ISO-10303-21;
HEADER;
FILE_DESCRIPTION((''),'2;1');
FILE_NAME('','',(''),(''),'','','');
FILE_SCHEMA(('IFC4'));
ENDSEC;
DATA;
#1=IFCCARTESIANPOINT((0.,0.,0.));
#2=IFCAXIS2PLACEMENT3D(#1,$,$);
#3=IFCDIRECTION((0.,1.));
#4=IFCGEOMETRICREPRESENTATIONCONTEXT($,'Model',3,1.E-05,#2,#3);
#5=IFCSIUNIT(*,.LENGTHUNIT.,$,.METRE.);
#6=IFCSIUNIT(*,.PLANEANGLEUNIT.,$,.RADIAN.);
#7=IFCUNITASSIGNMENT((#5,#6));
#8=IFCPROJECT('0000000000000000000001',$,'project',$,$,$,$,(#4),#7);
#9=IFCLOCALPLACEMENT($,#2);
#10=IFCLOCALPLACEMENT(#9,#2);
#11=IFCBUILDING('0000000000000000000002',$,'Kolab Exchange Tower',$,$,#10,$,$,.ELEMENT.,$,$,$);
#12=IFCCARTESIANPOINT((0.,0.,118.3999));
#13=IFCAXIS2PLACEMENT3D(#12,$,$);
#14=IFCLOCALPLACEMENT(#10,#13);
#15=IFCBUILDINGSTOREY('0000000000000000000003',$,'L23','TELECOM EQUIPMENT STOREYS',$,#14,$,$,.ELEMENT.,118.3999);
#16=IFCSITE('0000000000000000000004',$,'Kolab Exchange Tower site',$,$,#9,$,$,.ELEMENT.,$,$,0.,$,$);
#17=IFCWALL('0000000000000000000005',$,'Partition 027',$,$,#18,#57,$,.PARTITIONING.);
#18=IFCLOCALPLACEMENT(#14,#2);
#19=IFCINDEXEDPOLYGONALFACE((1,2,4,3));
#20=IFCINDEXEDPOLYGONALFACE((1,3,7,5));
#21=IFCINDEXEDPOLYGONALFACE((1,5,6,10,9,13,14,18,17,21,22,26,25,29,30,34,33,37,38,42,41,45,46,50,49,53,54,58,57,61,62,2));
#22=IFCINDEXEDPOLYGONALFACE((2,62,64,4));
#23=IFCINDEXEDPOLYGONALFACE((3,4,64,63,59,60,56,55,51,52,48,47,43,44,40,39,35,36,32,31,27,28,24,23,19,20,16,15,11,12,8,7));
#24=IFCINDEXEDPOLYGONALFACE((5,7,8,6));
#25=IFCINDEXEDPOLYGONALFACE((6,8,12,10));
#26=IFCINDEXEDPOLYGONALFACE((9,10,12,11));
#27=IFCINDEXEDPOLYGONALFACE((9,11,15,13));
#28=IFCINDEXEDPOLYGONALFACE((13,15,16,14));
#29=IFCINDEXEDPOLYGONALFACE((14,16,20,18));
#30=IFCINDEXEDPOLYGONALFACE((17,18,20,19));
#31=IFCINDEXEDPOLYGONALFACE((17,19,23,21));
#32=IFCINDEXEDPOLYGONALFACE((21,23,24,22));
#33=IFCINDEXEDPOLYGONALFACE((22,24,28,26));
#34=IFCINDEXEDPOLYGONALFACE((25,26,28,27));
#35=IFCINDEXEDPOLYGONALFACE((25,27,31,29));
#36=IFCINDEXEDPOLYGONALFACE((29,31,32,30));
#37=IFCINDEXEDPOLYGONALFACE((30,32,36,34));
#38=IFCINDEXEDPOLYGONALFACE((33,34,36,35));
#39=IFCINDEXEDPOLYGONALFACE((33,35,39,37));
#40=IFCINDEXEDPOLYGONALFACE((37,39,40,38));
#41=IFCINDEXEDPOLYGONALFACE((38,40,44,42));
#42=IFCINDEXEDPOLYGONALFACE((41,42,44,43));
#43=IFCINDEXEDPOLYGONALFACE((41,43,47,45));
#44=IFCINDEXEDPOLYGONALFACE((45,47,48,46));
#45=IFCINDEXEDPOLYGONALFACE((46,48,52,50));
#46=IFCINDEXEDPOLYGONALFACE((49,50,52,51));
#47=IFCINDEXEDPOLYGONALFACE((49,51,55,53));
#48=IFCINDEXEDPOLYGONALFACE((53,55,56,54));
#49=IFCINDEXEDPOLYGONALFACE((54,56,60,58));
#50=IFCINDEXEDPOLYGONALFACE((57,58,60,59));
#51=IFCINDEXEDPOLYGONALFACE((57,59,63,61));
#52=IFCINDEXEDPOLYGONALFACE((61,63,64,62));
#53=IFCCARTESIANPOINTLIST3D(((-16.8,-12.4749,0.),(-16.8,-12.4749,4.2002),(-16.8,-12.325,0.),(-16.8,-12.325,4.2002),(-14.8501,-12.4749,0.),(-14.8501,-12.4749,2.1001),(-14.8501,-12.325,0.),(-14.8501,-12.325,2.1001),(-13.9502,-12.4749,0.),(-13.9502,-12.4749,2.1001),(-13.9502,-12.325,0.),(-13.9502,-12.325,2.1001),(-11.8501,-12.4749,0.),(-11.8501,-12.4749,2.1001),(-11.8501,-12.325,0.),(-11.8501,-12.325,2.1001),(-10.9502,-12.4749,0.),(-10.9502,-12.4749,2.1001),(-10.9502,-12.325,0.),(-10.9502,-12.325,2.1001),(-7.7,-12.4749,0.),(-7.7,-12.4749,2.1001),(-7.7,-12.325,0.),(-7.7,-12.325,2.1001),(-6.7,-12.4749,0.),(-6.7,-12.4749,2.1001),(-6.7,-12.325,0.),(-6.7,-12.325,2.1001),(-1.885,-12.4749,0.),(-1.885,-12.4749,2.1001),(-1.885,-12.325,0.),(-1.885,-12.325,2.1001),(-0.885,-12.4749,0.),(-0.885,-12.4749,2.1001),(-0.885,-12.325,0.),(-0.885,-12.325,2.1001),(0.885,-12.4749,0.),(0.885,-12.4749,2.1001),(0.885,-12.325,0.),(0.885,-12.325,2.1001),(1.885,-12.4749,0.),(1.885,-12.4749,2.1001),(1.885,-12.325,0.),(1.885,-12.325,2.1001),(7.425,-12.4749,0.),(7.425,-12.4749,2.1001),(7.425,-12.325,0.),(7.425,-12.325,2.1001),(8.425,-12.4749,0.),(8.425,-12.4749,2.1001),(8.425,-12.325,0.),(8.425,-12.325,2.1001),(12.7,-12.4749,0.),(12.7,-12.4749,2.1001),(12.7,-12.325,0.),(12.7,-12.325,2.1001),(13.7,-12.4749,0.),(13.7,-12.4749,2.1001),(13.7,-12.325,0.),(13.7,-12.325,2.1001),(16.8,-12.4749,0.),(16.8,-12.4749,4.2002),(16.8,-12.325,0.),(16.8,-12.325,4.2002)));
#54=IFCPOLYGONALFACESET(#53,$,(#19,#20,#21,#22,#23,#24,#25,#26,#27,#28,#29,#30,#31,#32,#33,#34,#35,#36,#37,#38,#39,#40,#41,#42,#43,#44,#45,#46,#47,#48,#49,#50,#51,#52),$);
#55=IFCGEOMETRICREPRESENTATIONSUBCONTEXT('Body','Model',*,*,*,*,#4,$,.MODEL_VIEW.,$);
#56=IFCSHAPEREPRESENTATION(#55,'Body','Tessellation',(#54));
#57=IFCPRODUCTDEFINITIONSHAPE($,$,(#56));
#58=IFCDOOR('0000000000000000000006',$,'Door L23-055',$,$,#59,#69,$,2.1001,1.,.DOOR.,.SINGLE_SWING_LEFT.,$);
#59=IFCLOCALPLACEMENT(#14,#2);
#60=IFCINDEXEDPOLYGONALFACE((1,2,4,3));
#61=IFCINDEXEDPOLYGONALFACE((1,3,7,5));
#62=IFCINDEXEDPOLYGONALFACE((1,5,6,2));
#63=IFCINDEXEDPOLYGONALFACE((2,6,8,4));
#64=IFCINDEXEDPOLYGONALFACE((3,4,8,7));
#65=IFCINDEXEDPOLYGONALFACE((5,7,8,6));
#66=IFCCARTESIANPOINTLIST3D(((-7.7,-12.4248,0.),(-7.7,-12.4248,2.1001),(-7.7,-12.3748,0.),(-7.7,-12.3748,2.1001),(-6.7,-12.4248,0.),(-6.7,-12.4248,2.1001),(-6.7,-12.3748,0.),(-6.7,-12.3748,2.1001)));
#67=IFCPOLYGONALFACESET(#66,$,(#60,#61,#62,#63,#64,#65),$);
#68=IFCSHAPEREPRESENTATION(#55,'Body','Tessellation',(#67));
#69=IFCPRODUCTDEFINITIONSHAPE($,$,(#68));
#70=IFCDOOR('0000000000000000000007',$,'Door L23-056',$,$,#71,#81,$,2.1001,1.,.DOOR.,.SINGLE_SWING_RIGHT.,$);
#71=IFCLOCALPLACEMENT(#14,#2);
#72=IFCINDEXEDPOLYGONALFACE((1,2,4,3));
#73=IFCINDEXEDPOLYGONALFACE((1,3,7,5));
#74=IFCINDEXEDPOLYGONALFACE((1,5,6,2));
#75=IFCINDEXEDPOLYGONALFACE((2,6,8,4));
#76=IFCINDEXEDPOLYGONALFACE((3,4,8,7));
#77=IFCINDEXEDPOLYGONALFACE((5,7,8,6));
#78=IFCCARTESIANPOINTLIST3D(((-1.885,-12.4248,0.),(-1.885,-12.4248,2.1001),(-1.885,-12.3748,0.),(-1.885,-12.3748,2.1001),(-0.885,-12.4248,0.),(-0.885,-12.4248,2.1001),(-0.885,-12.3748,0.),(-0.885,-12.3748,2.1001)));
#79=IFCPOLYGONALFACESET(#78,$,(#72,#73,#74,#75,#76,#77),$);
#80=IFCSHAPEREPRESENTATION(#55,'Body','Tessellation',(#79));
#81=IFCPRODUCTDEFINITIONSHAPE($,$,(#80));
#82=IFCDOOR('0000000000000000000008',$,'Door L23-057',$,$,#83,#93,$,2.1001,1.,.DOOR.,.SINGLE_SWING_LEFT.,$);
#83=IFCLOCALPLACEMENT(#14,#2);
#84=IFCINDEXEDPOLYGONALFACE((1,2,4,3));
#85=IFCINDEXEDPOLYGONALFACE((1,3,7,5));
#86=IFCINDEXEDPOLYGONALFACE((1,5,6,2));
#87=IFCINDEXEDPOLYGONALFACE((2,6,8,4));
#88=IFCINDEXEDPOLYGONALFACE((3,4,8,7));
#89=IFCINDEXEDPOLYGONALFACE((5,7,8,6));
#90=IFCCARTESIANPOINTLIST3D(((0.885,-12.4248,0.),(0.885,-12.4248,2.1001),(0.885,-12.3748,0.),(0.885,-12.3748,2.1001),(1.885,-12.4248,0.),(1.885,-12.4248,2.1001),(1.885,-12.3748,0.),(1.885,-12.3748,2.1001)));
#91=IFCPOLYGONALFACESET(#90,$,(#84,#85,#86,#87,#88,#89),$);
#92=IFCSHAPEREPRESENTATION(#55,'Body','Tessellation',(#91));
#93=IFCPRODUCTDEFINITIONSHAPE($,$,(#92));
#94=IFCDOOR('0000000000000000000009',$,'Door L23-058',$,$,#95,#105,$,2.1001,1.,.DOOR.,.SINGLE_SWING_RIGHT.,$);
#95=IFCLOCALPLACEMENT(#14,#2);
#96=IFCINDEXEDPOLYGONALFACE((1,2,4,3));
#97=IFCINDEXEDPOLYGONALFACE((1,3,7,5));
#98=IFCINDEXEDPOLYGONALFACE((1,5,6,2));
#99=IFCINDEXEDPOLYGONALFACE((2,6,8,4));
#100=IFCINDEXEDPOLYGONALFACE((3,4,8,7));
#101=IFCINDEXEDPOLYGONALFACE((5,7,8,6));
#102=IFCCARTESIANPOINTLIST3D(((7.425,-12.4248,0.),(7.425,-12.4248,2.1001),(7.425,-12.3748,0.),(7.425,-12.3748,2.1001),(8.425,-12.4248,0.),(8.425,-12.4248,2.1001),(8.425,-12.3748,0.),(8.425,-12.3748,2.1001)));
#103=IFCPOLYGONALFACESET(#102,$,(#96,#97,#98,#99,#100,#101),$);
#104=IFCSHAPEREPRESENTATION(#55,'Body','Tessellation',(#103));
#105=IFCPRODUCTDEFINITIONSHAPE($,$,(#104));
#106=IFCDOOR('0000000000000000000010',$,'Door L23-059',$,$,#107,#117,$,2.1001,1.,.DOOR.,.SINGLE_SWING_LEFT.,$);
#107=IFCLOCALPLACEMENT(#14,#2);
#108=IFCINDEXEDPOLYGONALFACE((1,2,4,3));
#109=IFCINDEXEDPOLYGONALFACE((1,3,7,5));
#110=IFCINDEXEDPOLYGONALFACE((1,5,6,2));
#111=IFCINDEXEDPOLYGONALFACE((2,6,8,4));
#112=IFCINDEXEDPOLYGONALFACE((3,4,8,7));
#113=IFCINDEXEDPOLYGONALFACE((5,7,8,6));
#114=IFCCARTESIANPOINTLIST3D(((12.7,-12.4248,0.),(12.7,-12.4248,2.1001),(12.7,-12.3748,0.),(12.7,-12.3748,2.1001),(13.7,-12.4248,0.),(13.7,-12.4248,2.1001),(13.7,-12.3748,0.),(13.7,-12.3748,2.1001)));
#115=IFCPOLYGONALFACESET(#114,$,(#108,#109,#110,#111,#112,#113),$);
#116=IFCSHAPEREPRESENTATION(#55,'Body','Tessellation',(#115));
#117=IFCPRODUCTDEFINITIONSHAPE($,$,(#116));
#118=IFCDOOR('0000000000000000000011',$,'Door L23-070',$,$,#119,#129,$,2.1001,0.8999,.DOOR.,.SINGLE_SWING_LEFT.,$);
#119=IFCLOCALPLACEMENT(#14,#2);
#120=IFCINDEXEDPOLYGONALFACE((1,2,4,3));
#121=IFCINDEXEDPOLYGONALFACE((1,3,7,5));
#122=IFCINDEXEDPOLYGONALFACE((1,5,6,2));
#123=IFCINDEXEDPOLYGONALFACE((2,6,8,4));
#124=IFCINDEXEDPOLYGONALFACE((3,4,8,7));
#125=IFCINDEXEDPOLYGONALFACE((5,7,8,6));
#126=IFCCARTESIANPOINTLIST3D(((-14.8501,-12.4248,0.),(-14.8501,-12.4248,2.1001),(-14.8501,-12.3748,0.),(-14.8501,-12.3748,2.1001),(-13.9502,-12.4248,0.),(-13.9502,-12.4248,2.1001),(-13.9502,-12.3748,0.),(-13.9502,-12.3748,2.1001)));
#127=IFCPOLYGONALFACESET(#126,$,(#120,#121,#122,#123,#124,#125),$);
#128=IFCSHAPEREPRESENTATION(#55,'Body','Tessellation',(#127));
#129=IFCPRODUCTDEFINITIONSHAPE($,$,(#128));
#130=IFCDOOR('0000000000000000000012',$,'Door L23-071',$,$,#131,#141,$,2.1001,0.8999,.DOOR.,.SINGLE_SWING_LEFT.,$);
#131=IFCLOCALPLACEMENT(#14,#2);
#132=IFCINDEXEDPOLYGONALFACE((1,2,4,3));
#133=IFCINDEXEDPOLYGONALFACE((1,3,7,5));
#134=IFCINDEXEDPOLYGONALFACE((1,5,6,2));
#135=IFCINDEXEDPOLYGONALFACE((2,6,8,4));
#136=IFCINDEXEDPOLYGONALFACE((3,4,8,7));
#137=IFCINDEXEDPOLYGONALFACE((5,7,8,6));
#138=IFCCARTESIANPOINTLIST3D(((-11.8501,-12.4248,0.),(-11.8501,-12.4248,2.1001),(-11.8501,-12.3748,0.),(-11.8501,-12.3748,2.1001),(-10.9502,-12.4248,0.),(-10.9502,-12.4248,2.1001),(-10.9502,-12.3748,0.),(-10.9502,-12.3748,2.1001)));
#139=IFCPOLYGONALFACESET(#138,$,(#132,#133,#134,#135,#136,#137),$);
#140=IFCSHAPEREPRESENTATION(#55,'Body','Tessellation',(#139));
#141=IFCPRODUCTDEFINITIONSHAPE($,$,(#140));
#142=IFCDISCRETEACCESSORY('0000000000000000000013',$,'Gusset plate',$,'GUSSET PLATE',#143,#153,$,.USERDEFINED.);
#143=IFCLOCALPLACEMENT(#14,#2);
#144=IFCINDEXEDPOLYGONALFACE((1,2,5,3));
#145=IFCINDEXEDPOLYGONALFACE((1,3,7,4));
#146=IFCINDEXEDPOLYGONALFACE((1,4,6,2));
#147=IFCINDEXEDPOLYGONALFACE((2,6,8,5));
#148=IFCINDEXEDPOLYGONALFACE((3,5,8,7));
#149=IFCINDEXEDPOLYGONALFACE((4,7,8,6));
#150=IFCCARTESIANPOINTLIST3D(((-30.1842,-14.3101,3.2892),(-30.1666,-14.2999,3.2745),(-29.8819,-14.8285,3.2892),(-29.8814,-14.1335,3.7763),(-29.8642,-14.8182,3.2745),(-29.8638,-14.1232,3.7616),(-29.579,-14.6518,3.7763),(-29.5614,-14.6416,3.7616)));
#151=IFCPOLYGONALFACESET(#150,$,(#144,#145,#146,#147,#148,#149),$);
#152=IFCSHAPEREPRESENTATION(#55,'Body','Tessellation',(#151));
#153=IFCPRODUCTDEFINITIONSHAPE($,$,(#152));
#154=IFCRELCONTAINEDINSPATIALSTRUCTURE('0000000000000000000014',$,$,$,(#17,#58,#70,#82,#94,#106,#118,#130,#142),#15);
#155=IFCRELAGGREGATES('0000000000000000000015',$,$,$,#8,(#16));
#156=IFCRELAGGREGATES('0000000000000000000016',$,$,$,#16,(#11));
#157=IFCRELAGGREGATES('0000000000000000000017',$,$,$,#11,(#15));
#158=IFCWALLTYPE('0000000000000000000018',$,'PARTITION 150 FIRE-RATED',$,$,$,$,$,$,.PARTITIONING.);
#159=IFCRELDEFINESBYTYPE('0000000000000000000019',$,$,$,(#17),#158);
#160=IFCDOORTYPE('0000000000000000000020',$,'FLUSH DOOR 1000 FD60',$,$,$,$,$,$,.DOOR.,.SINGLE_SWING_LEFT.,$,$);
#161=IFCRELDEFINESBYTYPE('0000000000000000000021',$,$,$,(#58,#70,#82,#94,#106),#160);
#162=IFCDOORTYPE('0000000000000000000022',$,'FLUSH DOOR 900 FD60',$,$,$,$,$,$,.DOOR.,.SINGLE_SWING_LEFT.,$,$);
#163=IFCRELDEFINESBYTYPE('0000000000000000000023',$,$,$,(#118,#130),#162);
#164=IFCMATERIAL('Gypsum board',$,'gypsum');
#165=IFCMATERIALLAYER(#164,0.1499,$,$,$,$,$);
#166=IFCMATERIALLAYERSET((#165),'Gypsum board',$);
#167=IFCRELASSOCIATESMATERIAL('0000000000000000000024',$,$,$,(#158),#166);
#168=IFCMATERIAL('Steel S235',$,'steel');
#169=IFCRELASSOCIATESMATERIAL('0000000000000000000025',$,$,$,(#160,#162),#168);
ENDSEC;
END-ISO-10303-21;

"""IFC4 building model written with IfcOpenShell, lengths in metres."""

from ifc_helpers import new_model, si_unit, direction, frame, frame_2d, origin, origin_2d, place, context, subcontext, project, spatial, rectangle, extrude, material, layer, layer_set, type_object, element, fill, save


model = new_model("IFC4")

# Units and contexts
model_context = context("Model", 3, precision=1e-05, world=origin(), true_north=direction((0.0, 1.0)))
body_context = subcontext(model_context, "Body", "Model", "MODEL_VIEW")
ifc_project = project(units=[si_unit("LENGTHUNIT", "METRE"), si_unit("PLANEANGLEUNIT", "RADIAN")], contexts=[model_context])

# Site, building, storey
site_placement = place(None, origin())
site = spatial("IfcSite", under=ifc_project, at=site_placement, Name="Kolab Exchange Tower site", CompositionType="ELEMENT", RefElevation=0.0)
building_placement = place(site_placement, origin())
building = spatial("IfcBuilding", under=site, at=building_placement, Name="Kolab Exchange Tower", CompositionType="ELEMENT")
storey_placement = place(building_placement, frame((0.0, 0.0, 118.3999)))
storey = spatial("IfcBuildingStorey", under=building, at=storey_placement, Name="L23", Description="TELECOM EQUIPMENT STOREYS", CompositionType="ELEMENT", Elevation=118.3999)

# Wall, openings, doors
ifc_material_1 = material(Name="Gypsum board", Category="gypsum")
ifc_layer_1 = layer(ifc_material_1, 0.1499)
ifc_layer_set_1 = layer_set([ifc_layer_1], Name="Gypsum board")
wall_type_1 = type_object("IfcWallType", Name="PARTITION 150 FIRE-RATED", PredefinedType="PARTITIONING", material=ifc_layer_set_1)
ifc_material_2 = material(Name="Steel S235", Category="steel")
door_type_1 = type_object("IfcDoorType", Name="FLUSH DOOR 1000 FD60", OperationType="SINGLE_SWING_LEFT", PredefinedType="DOOR", material=ifc_material_2)
wall_1_placement = place(storey_placement, frame((-16.8, -12.3999, 0.0), z_axis=(0.0, 0.0, 1.0), x_axis=(1.0, 0.0, 0.0)))
wall_1 = element("IfcWall", 1, at=wall_1_placement, inside=storey, type_object=wall_type_1, Name="Partition 027", PredefinedType="PARTITIONING", context=body_context, shape_type="SweptSolid", body=[
    extrude(rectangle(XDim=33.6001, YDim=0.1499, at=frame_2d((16.8, 0.0))), origin(), (0.0, 0.0, 1.0), 4.2002),
])
opening_1_placement = place(wall_1_placement, frame((9.1001, 0.0, 0.0)))
opening_1 = element("IfcOpeningElement", 2, at=opening_1_placement, cuts=wall_1, PredefinedType="OPENING", context=body_context, shape_type="SweptSolid", body=[
    extrude(rectangle(XDim=1.0, YDim=2.1001, at=frame_2d((0.5, 1.05))), frame((0.0, 0.085, 0.0), z_axis=(0.0, -1.0, 0.0), x_axis=(1.0, 0.0, 0.0)), (0.0, 0.0, 1.0), 0.1699),
])
opening_2_placement = place(wall_1_placement, frame((14.915, 0.0, 0.0)))
opening_2 = element("IfcOpeningElement", 3, at=opening_2_placement, cuts=wall_1, PredefinedType="OPENING", context=body_context, shape_type="SweptSolid", body=[
    extrude(rectangle(XDim=1.0, YDim=2.1001, at=frame_2d((0.5, 1.05))), frame((0.0, 0.085, 0.0), z_axis=(0.0, -1.0, 0.0), x_axis=(1.0, 0.0, 0.0)), (0.0, 0.0, 1.0), 0.1699),
])
opening_3_placement = place(wall_1_placement, frame((17.6851, 0.0, 0.0)))
opening_3 = element("IfcOpeningElement", 4, at=opening_3_placement, cuts=wall_1, PredefinedType="OPENING", context=body_context, shape_type="SweptSolid", body=[
    extrude(rectangle(XDim=1.0, YDim=2.1001, at=frame_2d((0.5, 1.05))), frame((0.0, 0.085, 0.0), z_axis=(0.0, -1.0, 0.0), x_axis=(1.0, 0.0, 0.0)), (0.0, 0.0, 1.0), 0.1699),
])
opening_4_placement = place(wall_1_placement, frame((24.2251, 0.0, 0.0)))
opening_4 = element("IfcOpeningElement", 5, at=opening_4_placement, cuts=wall_1, PredefinedType="OPENING", context=body_context, shape_type="SweptSolid", body=[
    extrude(rectangle(XDim=1.0, YDim=2.1001, at=frame_2d((0.5, 1.05))), frame((0.0, 0.085, 0.0), z_axis=(0.0, -1.0, 0.0), x_axis=(1.0, 0.0, 0.0)), (0.0, 0.0, 1.0), 0.1699),
])
opening_5_placement = place(wall_1_placement, frame((29.5, 0.0, 0.0)))
opening_5 = element("IfcOpeningElement", 6, at=opening_5_placement, cuts=wall_1, PredefinedType="OPENING", context=body_context, shape_type="SweptSolid", body=[
    extrude(rectangle(XDim=1.0, YDim=2.1001, at=frame_2d((0.5, 1.05))), frame((0.0, 0.085, 0.0), z_axis=(0.0, -1.0, 0.0), x_axis=(1.0, 0.0, 0.0)), (0.0, 0.0, 1.0), 0.1699),
])
opening_6_placement = place(wall_1_placement, frame((1.95, 0.0, 0.0)))
opening_6 = element("IfcOpeningElement", 7, at=opening_6_placement, cuts=wall_1, PredefinedType="OPENING", context=body_context, shape_type="SweptSolid", body=[
    extrude(rectangle(XDim=0.8999, YDim=2.1001, at=frame_2d((0.45, 1.05))), frame((0.0, 0.085, 0.0), z_axis=(0.0, -1.0, 0.0), x_axis=(1.0, 0.0, 0.0)), (0.0, 0.0, 1.0), 0.1699),
])
opening_7_placement = place(wall_1_placement, frame((4.95, 0.0, 0.0)))
opening_7 = element("IfcOpeningElement", 8, at=opening_7_placement, cuts=wall_1, PredefinedType="OPENING", context=body_context, shape_type="SweptSolid", body=[
    extrude(rectangle(XDim=0.8999, YDim=2.1001, at=frame_2d((0.45, 1.05))), frame((0.0, 0.085, 0.0), z_axis=(0.0, -1.0, 0.0), x_axis=(1.0, 0.0, 0.0)), (0.0, 0.0, 1.0), 0.1699),
])
door_1_placement = place(opening_1_placement, frame((1.0, 0.0, 0.0), z_axis=(0.0, 0.0, 1.0), x_axis=(-1.0, 0.0, 0.0)))
door_1 = element("IfcDoor", 9, at=door_1_placement, inside=storey, type_object=door_type_1, Name="Door L23-055", OperationType="SINGLE_SWING_LEFT", OverallHeight=2.1001, OverallWidth=1.0, PredefinedType="DOOR", context=body_context, shape_type="SweptSolid", body=[
    extrude(rectangle(XDim=1.0, YDim=2.1001, at=frame_2d((0.5, 1.05))), frame((0.0, 0.0249, 0.0), z_axis=(0.0, -1.0, 0.0), x_axis=(1.0, 0.0, 0.0)), (0.0, 0.0, 1.0), 0.05),
])
fill(opening_1, door_1)
door_2_placement = place(opening_2_placement, frame((1.0, 0.0, 0.0), z_axis=(0.0, 0.0, 1.0), x_axis=(-1.0, 0.0, 0.0)))
door_2 = element("IfcDoor", 10, at=door_2_placement, inside=storey, type_object=door_type_1, Name="Door L23-056", OperationType="SINGLE_SWING_RIGHT", OverallHeight=2.1001, OverallWidth=1.0, PredefinedType="DOOR", context=body_context, shape_type="SweptSolid", body=[
    extrude(rectangle(XDim=1.0, YDim=2.1001, at=frame_2d((0.5, 1.05))), frame((0.0, 0.0249, 0.0), z_axis=(0.0, -1.0, 0.0), x_axis=(1.0, 0.0, 0.0)), (0.0, 0.0, 1.0), 0.05),
])
fill(opening_2, door_2)
door_3_placement = place(opening_3_placement, frame((1.0, 0.0, 0.0), z_axis=(0.0, 0.0, 1.0), x_axis=(-1.0, 0.0, 0.0)))
door_3 = element("IfcDoor", 11, at=door_3_placement, inside=storey, type_object=door_type_1, Name="Door L23-057", OperationType="SINGLE_SWING_LEFT", OverallHeight=2.1001, OverallWidth=1.0, PredefinedType="DOOR", context=body_context, shape_type="SweptSolid", body=[
    extrude(rectangle(XDim=1.0, YDim=2.1001, at=frame_2d((0.5, 1.05))), frame((0.0, 0.0249, 0.0), z_axis=(0.0, -1.0, 0.0), x_axis=(1.0, 0.0, 0.0)), (0.0, 0.0, 1.0), 0.05),
])
fill(opening_3, door_3)
door_4_placement = place(opening_4_placement, frame((1.0, 0.0, 0.0), z_axis=(0.0, 0.0, 1.0), x_axis=(-1.0, 0.0, 0.0)))
door_4 = element("IfcDoor", 12, at=door_4_placement, inside=storey, type_object=door_type_1, Name="Door L23-058", OperationType="SINGLE_SWING_RIGHT", OverallHeight=2.1001, OverallWidth=1.0, PredefinedType="DOOR", context=body_context, shape_type="SweptSolid", body=[
    extrude(rectangle(XDim=1.0, YDim=2.1001, at=frame_2d((0.5, 1.05))), frame((0.0, 0.0249, 0.0), z_axis=(0.0, -1.0, 0.0), x_axis=(1.0, 0.0, 0.0)), (0.0, 0.0, 1.0), 0.05),
])
fill(opening_4, door_4)
door_5_placement = place(opening_5_placement, frame((1.0, 0.0, 0.0), z_axis=(0.0, 0.0, 1.0), x_axis=(-1.0, 0.0, 0.0)))
door_5 = element("IfcDoor", 13, at=door_5_placement, inside=storey, type_object=door_type_1, Name="Door L23-059", OperationType="SINGLE_SWING_LEFT", OverallHeight=2.1001, OverallWidth=1.0, PredefinedType="DOOR", context=body_context, shape_type="SweptSolid", body=[
    extrude(rectangle(XDim=1.0, YDim=2.1001, at=frame_2d((0.5, 1.05))), frame((0.0, 0.0249, 0.0), z_axis=(0.0, -1.0, 0.0), x_axis=(1.0, 0.0, 0.0)), (0.0, 0.0, 1.0), 0.05),
])
fill(opening_5, door_5)
door_type_2 = type_object("IfcDoorType", Name="FLUSH DOOR 900 FD60", OperationType="SINGLE_SWING_LEFT", PredefinedType="DOOR", material=ifc_material_2)
door_6_placement = place(opening_6_placement, frame((0.8999, 0.0, 0.0), z_axis=(0.0, 0.0, 1.0), x_axis=(-1.0, 0.0, 0.0)))
door_6 = element("IfcDoor", 14, at=door_6_placement, inside=storey, type_object=door_type_2, Name="Door L23-070", OperationType="SINGLE_SWING_LEFT", OverallHeight=2.1001, OverallWidth=0.8999, PredefinedType="DOOR", context=body_context, shape_type="SweptSolid", body=[
    extrude(rectangle(XDim=0.8999, YDim=2.1001, at=frame_2d((0.45, 1.05))), frame((0.0, 0.0249, 0.0), z_axis=(0.0, -1.0, 0.0), x_axis=(1.0, 0.0, 0.0)), (0.0, 0.0, 1.0), 0.05),
])
fill(opening_6, door_6)
door_7_placement = place(opening_7_placement, frame((0.8999, 0.0, 0.0), z_axis=(0.0, 0.0, 1.0), x_axis=(-1.0, 0.0, 0.0)))
door_7 = element("IfcDoor", 15, at=door_7_placement, inside=storey, type_object=door_type_2, Name="Door L23-071", OperationType="SINGLE_SWING_LEFT", OverallHeight=2.1001, OverallWidth=0.8999, PredefinedType="DOOR", context=body_context, shape_type="SweptSolid", body=[
    extrude(rectangle(XDim=0.8999, YDim=2.1001, at=frame_2d((0.45, 1.05))), frame((0.0, 0.0249, 0.0), z_axis=(0.0, -1.0, 0.0), x_axis=(1.0, 0.0, 0.0)), (0.0, 0.0, 1.0), 0.05),
])
fill(opening_7, door_7)

# Discrete accessory
discrete_accessory_placement = place(storey_placement, frame((-29.864, -14.4707, 3.5181), z_axis=(-0.701047, -0.408944, 0.584206), x_axis=(0.503871, -0.863779, 0.0)))
element("IfcDiscreteAccessory", 16, at=discrete_accessory_placement, inside=storey, Name="Gusset plate", ObjectType="GUSSET PLATE", PredefinedType="USERDEFINED", context=body_context, shape_type="SweptSolid", body=[
    extrude(rectangle(XDim=0.6001, YDim=0.6001, at=origin_2d()), origin(), (0.0, 0.0, 1.0), 0.0251),
])

save(model, "model.ifc")
